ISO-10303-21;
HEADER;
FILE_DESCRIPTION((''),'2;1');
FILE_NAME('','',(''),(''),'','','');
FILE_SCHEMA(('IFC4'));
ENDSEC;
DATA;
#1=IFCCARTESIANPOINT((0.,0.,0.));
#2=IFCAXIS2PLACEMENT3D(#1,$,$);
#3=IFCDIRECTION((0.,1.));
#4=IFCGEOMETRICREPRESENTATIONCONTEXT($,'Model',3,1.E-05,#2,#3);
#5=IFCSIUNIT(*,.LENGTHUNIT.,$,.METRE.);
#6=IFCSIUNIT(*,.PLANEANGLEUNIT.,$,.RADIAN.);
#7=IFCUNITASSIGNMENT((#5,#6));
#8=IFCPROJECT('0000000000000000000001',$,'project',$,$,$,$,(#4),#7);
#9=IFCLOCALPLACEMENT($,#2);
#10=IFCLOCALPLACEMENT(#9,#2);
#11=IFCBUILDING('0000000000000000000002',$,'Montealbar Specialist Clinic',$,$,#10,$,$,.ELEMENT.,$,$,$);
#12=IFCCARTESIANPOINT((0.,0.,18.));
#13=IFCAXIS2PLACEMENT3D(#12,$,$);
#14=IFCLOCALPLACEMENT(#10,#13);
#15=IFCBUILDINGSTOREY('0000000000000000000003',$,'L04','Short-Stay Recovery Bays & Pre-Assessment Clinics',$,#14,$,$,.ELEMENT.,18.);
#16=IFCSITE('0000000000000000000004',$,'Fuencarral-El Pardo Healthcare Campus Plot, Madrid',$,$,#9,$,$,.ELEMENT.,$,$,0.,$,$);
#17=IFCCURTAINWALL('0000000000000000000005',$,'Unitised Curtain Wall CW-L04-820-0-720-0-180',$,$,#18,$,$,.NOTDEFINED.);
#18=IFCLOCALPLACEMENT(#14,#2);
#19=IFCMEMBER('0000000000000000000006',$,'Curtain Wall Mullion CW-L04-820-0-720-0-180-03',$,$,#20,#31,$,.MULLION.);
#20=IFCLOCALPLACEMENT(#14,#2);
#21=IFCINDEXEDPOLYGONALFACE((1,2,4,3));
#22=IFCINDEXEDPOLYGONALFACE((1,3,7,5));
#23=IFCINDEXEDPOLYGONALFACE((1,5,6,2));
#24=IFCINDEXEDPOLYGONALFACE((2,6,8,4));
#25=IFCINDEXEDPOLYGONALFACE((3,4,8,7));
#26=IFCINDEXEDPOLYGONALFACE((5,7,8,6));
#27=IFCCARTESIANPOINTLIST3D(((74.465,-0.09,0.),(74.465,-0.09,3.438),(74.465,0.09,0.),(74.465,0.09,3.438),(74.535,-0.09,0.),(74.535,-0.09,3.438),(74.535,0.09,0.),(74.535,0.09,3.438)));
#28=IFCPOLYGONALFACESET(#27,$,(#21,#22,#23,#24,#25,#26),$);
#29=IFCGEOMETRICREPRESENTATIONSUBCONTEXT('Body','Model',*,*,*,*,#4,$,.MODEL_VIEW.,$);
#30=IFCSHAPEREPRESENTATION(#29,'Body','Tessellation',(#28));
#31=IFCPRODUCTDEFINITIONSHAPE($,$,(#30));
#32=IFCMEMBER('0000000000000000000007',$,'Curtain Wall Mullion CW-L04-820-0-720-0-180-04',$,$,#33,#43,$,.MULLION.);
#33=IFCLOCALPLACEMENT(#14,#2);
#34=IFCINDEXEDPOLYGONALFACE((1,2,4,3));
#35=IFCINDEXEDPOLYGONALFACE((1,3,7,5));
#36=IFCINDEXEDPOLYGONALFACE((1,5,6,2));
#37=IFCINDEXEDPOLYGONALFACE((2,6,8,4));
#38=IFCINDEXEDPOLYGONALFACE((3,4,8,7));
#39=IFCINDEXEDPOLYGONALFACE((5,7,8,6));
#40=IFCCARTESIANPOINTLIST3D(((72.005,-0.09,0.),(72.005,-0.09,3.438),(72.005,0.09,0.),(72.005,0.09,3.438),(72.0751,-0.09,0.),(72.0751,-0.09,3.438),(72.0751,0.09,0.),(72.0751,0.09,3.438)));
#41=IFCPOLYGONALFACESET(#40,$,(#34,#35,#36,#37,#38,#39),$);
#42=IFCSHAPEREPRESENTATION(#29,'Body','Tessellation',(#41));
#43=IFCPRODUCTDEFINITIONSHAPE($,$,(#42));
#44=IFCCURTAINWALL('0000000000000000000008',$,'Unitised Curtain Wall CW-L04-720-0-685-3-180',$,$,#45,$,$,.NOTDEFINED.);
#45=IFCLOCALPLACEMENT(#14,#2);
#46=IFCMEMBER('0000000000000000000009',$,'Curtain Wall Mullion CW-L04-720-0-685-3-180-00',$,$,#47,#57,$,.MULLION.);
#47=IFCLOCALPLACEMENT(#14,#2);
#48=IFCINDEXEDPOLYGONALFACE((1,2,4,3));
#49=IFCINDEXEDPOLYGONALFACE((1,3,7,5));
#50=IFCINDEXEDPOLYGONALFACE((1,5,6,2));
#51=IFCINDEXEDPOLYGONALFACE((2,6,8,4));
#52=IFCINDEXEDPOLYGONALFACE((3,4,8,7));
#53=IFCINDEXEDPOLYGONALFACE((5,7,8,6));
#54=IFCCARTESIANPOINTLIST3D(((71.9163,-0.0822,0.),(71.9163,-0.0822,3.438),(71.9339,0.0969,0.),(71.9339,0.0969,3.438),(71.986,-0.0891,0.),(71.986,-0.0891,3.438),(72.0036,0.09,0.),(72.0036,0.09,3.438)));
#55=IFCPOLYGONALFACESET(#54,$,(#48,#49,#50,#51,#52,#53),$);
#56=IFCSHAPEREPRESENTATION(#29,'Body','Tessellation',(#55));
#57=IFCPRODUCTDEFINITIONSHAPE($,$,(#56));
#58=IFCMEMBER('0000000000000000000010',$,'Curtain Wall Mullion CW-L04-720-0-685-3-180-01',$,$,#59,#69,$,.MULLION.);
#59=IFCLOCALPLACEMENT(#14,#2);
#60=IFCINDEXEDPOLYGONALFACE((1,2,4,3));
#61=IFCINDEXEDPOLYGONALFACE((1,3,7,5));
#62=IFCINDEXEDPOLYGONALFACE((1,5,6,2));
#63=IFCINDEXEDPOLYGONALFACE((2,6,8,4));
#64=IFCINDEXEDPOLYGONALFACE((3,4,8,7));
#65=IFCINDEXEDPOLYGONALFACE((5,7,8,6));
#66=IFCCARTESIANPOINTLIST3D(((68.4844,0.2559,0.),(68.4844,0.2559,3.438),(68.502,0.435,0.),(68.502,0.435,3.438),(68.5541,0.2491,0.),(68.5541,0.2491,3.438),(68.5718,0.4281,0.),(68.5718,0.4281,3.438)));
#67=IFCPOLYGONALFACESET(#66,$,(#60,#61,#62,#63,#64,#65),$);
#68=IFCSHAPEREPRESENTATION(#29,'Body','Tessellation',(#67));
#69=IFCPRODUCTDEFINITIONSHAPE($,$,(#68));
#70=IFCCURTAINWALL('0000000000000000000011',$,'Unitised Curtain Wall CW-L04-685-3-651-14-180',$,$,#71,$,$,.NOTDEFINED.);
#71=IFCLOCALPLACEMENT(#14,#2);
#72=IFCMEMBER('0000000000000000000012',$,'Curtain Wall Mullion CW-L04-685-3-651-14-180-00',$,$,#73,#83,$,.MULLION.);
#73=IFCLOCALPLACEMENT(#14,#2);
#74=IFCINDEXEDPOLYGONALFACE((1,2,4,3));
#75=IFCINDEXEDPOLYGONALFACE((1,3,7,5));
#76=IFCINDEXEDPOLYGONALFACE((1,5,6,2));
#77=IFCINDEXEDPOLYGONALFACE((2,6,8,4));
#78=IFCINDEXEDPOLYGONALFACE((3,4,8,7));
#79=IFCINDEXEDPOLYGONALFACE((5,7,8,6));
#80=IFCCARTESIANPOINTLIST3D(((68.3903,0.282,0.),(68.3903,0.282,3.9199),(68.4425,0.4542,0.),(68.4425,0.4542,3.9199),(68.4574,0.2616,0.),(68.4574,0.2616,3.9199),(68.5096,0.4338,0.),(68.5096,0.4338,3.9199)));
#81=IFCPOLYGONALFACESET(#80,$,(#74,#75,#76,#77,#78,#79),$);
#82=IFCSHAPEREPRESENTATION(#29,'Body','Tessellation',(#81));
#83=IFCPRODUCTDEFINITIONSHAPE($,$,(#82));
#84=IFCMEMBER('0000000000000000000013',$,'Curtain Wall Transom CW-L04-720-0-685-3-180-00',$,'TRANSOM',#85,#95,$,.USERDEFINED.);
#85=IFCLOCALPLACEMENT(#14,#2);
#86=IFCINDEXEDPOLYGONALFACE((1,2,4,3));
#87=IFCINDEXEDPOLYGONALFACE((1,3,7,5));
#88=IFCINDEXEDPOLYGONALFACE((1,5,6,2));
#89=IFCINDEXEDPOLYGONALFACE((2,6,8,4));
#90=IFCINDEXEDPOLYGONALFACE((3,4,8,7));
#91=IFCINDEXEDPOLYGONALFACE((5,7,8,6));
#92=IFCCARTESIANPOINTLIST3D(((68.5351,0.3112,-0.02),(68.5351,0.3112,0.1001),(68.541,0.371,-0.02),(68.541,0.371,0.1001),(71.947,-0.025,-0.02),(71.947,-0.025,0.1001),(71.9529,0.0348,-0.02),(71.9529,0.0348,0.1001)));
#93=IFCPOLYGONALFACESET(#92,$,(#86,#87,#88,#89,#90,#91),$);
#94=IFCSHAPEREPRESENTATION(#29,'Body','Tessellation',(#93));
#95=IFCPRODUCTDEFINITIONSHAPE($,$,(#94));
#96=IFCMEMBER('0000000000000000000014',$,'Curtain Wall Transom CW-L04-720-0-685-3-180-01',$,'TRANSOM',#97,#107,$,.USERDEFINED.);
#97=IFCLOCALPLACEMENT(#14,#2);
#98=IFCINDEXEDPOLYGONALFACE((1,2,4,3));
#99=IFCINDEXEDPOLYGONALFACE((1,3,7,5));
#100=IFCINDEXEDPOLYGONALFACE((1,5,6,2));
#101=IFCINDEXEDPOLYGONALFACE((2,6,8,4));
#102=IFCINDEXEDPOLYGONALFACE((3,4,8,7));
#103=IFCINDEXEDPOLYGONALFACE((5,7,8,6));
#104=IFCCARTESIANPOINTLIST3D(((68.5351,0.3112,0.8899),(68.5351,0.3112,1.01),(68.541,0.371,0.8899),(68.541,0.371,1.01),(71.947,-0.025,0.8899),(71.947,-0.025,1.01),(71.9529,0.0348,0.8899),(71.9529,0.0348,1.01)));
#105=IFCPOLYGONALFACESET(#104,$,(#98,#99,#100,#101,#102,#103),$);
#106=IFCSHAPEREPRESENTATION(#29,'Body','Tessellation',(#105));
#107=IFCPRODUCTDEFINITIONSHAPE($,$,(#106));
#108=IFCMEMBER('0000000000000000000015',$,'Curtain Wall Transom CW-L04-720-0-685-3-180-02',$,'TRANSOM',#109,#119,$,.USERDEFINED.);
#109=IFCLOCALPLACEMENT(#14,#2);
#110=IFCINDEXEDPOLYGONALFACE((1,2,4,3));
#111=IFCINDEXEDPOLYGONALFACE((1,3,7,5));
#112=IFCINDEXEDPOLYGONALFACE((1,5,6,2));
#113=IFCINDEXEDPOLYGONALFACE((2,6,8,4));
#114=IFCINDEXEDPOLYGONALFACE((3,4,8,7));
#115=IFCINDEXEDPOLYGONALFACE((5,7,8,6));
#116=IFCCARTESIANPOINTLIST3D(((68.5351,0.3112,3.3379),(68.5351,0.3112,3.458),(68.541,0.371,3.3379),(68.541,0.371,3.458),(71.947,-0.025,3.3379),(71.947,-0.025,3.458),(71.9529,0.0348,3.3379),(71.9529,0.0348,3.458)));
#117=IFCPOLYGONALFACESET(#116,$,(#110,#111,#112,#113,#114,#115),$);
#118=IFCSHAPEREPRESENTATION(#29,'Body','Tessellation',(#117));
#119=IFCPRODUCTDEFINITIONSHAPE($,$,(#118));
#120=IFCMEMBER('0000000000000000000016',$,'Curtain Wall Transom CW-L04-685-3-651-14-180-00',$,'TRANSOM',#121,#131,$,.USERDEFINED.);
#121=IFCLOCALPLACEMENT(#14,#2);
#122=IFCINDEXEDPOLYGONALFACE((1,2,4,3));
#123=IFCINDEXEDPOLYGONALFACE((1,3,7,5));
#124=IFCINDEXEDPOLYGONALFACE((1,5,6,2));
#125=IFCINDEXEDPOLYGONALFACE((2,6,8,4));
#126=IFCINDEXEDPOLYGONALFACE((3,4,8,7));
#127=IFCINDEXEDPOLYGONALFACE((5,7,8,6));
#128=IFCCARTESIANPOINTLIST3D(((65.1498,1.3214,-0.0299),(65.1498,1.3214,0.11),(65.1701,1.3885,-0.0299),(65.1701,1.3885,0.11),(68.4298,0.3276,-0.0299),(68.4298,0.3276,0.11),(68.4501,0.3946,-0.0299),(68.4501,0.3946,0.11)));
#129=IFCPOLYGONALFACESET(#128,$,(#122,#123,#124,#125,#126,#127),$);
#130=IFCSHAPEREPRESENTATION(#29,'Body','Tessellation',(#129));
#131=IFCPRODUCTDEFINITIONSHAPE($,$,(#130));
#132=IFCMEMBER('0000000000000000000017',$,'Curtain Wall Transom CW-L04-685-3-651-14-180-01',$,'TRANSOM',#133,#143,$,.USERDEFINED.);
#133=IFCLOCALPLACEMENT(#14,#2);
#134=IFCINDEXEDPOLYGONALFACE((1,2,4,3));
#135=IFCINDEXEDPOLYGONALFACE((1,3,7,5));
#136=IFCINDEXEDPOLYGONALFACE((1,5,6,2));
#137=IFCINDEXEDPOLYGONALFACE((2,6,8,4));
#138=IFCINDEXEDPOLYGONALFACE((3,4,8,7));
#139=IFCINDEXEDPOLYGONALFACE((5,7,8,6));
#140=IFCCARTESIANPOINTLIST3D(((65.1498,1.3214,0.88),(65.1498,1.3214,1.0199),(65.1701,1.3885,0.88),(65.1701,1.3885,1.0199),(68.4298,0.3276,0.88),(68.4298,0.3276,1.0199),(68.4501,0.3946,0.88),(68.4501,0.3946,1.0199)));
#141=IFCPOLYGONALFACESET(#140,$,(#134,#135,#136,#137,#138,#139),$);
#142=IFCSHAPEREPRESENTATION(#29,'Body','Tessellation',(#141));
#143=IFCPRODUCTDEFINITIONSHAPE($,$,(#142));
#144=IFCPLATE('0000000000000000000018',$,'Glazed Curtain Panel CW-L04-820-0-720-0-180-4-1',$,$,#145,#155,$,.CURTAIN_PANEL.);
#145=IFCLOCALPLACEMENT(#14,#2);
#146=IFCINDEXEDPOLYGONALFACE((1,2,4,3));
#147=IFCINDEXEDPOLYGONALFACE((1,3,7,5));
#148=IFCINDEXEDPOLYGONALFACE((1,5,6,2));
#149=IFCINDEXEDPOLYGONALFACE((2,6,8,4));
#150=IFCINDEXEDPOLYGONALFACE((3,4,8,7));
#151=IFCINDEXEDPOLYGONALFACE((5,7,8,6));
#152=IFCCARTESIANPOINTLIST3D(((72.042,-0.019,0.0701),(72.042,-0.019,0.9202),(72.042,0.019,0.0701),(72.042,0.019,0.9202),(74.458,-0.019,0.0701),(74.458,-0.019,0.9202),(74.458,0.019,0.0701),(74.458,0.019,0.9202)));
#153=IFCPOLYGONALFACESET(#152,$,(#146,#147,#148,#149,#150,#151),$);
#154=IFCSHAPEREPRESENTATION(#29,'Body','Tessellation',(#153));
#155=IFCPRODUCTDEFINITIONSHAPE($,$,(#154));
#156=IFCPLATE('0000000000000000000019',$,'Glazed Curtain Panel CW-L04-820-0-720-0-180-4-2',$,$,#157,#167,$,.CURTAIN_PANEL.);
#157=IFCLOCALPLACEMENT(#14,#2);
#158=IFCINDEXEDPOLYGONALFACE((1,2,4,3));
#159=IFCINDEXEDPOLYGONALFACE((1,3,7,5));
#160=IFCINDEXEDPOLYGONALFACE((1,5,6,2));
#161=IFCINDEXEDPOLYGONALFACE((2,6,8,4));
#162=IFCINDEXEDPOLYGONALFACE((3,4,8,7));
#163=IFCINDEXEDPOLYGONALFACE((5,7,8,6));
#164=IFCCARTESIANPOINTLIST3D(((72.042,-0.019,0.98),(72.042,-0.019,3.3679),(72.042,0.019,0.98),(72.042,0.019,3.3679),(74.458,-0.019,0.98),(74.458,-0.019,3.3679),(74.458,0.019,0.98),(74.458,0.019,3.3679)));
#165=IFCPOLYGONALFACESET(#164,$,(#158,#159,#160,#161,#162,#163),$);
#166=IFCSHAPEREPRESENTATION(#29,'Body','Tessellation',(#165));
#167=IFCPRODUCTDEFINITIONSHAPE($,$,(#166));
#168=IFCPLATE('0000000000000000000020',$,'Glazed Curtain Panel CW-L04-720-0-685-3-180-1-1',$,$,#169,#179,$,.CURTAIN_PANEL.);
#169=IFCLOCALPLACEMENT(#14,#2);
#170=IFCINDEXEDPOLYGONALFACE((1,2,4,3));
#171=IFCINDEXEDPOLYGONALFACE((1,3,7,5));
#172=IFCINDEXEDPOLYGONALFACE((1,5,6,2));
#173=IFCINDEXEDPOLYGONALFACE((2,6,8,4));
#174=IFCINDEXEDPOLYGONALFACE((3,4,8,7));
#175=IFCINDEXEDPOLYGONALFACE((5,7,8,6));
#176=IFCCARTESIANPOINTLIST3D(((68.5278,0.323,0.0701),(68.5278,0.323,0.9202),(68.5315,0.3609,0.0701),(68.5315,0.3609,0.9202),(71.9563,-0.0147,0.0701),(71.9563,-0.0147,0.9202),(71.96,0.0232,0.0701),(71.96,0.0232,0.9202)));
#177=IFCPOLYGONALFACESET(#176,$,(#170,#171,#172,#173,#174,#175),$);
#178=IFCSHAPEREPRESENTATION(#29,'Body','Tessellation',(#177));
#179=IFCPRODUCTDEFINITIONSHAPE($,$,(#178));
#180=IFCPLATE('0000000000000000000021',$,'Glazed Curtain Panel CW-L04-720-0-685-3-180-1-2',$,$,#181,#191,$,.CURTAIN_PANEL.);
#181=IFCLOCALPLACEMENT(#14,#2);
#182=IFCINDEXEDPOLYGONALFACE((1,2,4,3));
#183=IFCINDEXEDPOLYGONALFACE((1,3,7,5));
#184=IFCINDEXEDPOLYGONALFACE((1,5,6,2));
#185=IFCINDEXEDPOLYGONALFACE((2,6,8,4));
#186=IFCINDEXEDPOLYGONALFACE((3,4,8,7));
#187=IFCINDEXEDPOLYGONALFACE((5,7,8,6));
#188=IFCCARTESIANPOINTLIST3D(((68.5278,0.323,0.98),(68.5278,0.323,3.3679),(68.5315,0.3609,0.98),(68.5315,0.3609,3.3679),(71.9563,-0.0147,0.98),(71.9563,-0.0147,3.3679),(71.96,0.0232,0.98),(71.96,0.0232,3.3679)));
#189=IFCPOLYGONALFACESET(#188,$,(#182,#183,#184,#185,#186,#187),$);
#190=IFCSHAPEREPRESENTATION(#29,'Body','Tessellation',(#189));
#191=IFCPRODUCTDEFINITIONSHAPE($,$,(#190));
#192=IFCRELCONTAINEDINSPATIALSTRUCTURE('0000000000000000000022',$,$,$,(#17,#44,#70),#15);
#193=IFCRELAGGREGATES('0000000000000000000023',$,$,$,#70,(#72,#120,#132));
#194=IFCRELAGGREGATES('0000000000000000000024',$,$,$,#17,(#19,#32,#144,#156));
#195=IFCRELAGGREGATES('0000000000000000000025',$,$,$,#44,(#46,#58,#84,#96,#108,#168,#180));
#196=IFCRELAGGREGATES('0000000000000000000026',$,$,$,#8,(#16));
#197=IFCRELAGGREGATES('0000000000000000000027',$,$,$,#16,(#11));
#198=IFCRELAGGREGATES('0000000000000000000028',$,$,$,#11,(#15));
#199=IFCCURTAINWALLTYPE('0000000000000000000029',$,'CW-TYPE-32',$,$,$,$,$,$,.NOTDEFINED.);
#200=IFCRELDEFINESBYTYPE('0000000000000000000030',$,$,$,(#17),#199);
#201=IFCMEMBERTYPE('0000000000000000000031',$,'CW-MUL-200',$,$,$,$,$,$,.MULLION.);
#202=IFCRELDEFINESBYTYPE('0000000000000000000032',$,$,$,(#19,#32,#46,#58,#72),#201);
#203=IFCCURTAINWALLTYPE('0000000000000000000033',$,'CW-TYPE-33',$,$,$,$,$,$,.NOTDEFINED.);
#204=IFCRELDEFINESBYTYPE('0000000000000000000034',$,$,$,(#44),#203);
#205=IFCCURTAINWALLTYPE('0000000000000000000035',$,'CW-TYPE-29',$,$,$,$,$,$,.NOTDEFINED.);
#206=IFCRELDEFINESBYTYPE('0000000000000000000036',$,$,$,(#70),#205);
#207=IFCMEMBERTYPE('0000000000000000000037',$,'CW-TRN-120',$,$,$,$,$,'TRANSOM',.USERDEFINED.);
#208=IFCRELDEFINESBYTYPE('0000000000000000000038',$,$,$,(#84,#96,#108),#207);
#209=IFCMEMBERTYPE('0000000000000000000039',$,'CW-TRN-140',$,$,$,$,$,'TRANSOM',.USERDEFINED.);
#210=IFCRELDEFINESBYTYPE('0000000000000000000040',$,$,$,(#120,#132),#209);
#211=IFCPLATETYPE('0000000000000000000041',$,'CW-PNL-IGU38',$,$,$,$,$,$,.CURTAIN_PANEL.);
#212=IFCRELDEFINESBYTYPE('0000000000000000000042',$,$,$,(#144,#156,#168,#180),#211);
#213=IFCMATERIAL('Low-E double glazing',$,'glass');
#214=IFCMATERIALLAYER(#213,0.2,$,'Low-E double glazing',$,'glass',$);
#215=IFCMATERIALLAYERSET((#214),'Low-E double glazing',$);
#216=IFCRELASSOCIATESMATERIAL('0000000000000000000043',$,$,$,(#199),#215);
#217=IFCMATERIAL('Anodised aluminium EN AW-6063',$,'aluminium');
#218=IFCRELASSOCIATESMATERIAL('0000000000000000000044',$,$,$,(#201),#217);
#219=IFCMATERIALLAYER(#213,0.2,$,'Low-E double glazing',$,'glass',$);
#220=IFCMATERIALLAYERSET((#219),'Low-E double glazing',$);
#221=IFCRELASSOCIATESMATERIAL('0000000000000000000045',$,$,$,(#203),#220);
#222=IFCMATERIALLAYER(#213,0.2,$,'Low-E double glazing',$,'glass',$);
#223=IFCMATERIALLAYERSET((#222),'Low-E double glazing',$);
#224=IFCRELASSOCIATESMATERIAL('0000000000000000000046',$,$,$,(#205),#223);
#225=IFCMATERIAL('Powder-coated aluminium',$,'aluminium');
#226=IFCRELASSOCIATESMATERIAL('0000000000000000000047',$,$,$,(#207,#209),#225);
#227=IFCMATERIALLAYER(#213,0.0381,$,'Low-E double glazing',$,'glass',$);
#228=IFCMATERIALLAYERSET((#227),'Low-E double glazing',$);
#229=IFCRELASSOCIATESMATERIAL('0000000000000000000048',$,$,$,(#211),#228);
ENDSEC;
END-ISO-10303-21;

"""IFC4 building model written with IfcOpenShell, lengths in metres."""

from ifc_helpers import new_model, si_unit, direction, frame, origin, origin_2d, place, context, subcontext, project, spatial, rectangle, extrude, material, layer, layer_set, material_profile, profile_set, type_object, element, aggregate, save


model = new_model("IFC4")

# Units and contexts
model_context = context("Model", 3, precision=1e-05, world=origin(), true_north=direction((0.0, 1.0)))
body_context = subcontext(model_context, "Body", "Model", "MODEL_VIEW")
ifc_project = project(units=[si_unit("LENGTHUNIT", "METRE"), si_unit("PLANEANGLEUNIT", "RADIAN")], contexts=[model_context])

# Site, building, storey
site_placement = place(None, origin())
site = spatial("IfcSite", under=ifc_project, at=site_placement, Name="Fuencarral-El Pardo Healthcare Campus Plot, Madrid", CompositionType="ELEMENT", RefElevation=0.0)
building_placement = place(site_placement, origin())
building = spatial("IfcBuilding", under=site, at=building_placement, Name="Montealbar Specialist Clinic", CompositionType="ELEMENT")
storey_placement = place(building_placement, frame((0.0, 0.0, 18.0)))
storey = spatial("IfcBuildingStorey", under=building, at=storey_placement, Name="L04", Description="Short-Stay Recovery Bays & Pre-Assessment Clinics", CompositionType="ELEMENT", Elevation=18.0)

# Curtain walls, members
ifc_material_1 = material(Name="Low-E double glazing", Category="glass")
ifc_layer_1 = layer(ifc_material_1, 0.2, Name="Low-E double glazing", Category="glass")
ifc_layer_set_1 = layer_set([ifc_layer_1], Name="Low-E double glazing")
curtain_wall_type_1 = type_object("IfcCurtainWallType", Name="CW-TYPE-32", PredefinedType="NOTDEFINED", material=ifc_layer_set_1)
curtain_wall_1_placement = place(storey_placement, origin())
curtain_wall_1 = element("IfcCurtainWall", 1, at=curtain_wall_1_placement, inside=storey, type_object=curtain_wall_type_1, Name="Unitised Curtain Wall CW-L04-820-0-720-0-180", PredefinedType="NOTDEFINED")
ifc_material_2 = material(Name="Anodised aluminium EN AW-6063", Category="aluminium")
ifc_material_profile_1 = material_profile(ifc_material_2, rectangle(XDim=0.0701, YDim=0.1799, at=origin_2d()), Name="ALU 70x180", Category="aluminium")
ifc_profile_set_1 = profile_set([ifc_material_profile_1], Name="Anodised aluminium EN AW-6063")
member_type_1 = type_object("IfcMemberType", Name="CW-MUL-200", PredefinedType="MULLION", material=ifc_profile_set_1)
member_1_placement = place(storey_placement, frame((74.5, 0.0, 0.0), z_axis=(0.0, 0.0, 1.0), x_axis=(-1.0, 0.0, 0.0)))
member_1 = element("IfcMember", 2, at=member_1_placement, type_object=member_type_1, Name="Curtain Wall Mullion CW-L04-820-0-720-0-180-03", PredefinedType="MULLION", context=body_context, shape_type="SweptSolid", body=[
    extrude(rectangle(XDim=0.0701, YDim=0.1799, at=origin_2d()), origin(), (0.0, 0.0, 1.0), 3.438),
])
member_2_placement = place(storey_placement, frame((72.04, 0.0, 0.0), z_axis=(0.0, 0.0, 1.0), x_axis=(-1.0, 0.0, 0.0)))
member_2 = element("IfcMember", 3, at=member_2_placement, type_object=member_type_1, Name="Curtain Wall Mullion CW-L04-820-0-720-0-180-04", PredefinedType="MULLION", context=body_context, shape_type="SweptSolid", body=[
    extrude(rectangle(XDim=0.0701, YDim=0.1799, at=origin_2d()), origin(), (0.0, 0.0, 1.0), 3.438),
])
ifc_layer_2 = layer(ifc_material_1, 0.2, Name="Low-E double glazing", Category="glass")
ifc_layer_set_2 = layer_set([ifc_layer_2], Name="Low-E double glazing")
curtain_wall_type_2 = type_object("IfcCurtainWallType", Name="CW-TYPE-33", PredefinedType="NOTDEFINED", material=ifc_layer_set_2)
curtain_wall_2_placement = place(storey_placement, origin())
curtain_wall_2 = element("IfcCurtainWall", 4, at=curtain_wall_2_placement, inside=storey, type_object=curtain_wall_type_2, Name="Unitised Curtain Wall CW-L04-720-0-685-3-180", PredefinedType="NOTDEFINED")
member_3_placement = place(storey_placement, frame((71.96, 0.0039, 0.0), z_axis=(0.0, 0.0, 1.0), x_axis=(-0.995182, 0.098045, 0.0)))
member_3 = element("IfcMember", 5, at=member_3_placement, type_object=member_type_1, Name="Curtain Wall Mullion CW-L04-720-0-685-3-180-00", PredefinedType="MULLION", context=body_context, shape_type="SweptSolid", body=[
    extrude(rectangle(XDim=0.0701, YDim=0.1799, at=origin_2d()), origin(), (0.0, 0.0, 1.0), 3.438),
])
member_4_placement = place(storey_placement, frame((68.5281, 0.342, 0.0), z_axis=(0.0, 0.0, 1.0), x_axis=(-0.995182, 0.098045, 0.0)))
member_4 = element("IfcMember", 6, at=member_4_placement, type_object=member_type_1, Name="Curtain Wall Mullion CW-L04-720-0-685-3-180-01", PredefinedType="MULLION", context=body_context, shape_type="SweptSolid", body=[
    extrude(rectangle(XDim=0.0701, YDim=0.1799, at=origin_2d()), origin(), (0.0, 0.0, 1.0), 3.438),
])

# Curtain wall, member
ifc_layer_3 = layer(ifc_material_1, 0.2, Name="Low-E double glazing", Category="glass")
ifc_layer_set_3 = layer_set([ifc_layer_3], Name="Low-E double glazing")
curtain_wall_type_3 = type_object("IfcCurtainWallType", Name="CW-TYPE-29", PredefinedType="NOTDEFINED", material=ifc_layer_set_3)
curtain_wall_3_placement = place(storey_placement, origin())
curtain_wall_3 = element("IfcCurtainWall", 7, at=curtain_wall_3_placement, inside=storey, type_object=curtain_wall_type_3, Name="Unitised Curtain Wall CW-L04-685-3-651-14-180", PredefinedType="NOTDEFINED")
member_5_placement = place(storey_placement, frame((68.45, 0.3579, 0.0), z_axis=(0.0, 0.0, 1.0), x_axis=(-0.956948, 0.290259, 0.0)))
member_5 = element("IfcMember", 8, at=member_5_placement, type_object=member_type_1, Name="Curtain Wall Mullion CW-L04-685-3-651-14-180-00", PredefinedType="MULLION", context=body_context, shape_type="SweptSolid", body=[
    extrude(rectangle(XDim=0.0701, YDim=0.1799, at=origin_2d()), origin(), (0.0, 0.0, 1.0), 3.9199),
])

# Members
ifc_material_3 = material(Name="Powder-coated aluminium", Category="aluminium")
ifc_material_profile_2 = material_profile(ifc_material_3, rectangle(XDim=0.0601, YDim=0.1201, at=origin_2d()), Name="ALU 60x120", Category="aluminium")
ifc_profile_set_2 = profile_set([ifc_material_profile_2], Name="Powder-coated aluminium")
member_type_2 = type_object("IfcMemberType", Name="CW-TRN-120", ElementType="TRANSOM", PredefinedType="USERDEFINED", material=ifc_profile_set_2)
member_6_placement = place(storey_placement, frame((71.95, 0.0049, 0.04), z_axis=(-0.995181, 0.098058, 0.0), x_axis=(-0.098058, -0.995181, 0.0)))
member_6 = element("IfcMember", 9, at=member_6_placement, type_object=member_type_2, Name="Curtain Wall Transom CW-L04-720-0-685-3-180-00", ObjectType="TRANSOM", PredefinedType="USERDEFINED", context=body_context, shape_type="SweptSolid", body=[
    extrude(rectangle(XDim=0.0601, YDim=0.1201, at=origin_2d()), origin(), (0.0, 0.0, 1.0), 3.4285),
])
member_7_placement = place(storey_placement, frame((71.95, 0.0049, 0.95), z_axis=(-0.995181, 0.098058, 0.0), x_axis=(-0.098058, -0.995181, 0.0)))
member_7 = element("IfcMember", 10, at=member_7_placement, type_object=member_type_2, Name="Curtain Wall Transom CW-L04-720-0-685-3-180-01", ObjectType="TRANSOM", PredefinedType="USERDEFINED", context=body_context, shape_type="SweptSolid", body=[
    extrude(rectangle(XDim=0.0601, YDim=0.1201, at=origin_2d()), origin(), (0.0, 0.0, 1.0), 3.4285),
])
member_8_placement = place(storey_placement, frame((71.95, 0.0049, 3.3979), z_axis=(-0.995181, 0.098058, 0.0), x_axis=(-0.098058, -0.995181, 0.0)))
member_8 = element("IfcMember", 11, at=member_8_placement, type_object=member_type_2, Name="Curtain Wall Transom CW-L04-720-0-685-3-180-02", ObjectType="TRANSOM", PredefinedType="USERDEFINED", context=body_context, shape_type="SweptSolid", body=[
    extrude(rectangle(XDim=0.0601, YDim=0.1201, at=origin_2d()), origin(), (0.0, 0.0, 1.0), 3.4285),
])
ifc_material_profile_3 = material_profile(ifc_material_3, rectangle(XDim=0.0701, YDim=0.1399, at=origin_2d()), Name="ALU 70x140", Category="aluminium")
ifc_profile_set_3 = profile_set([ifc_material_profile_3], Name="Powder-coated aluminium")
member_type_3 = type_object("IfcMemberType", Name="CW-TRN-140", ElementType="TRANSOM", PredefinedType="USERDEFINED", material=ifc_profile_set_3)
member_9_placement = place(storey_placement, frame((68.4399, 0.3611, 0.04), z_axis=(-0.957029, 0.289994, 0.0), x_axis=(-0.289994, -0.957029, 0.0)))
member_9 = element("IfcMember", 12, at=member_9_placement, type_object=member_type_3, Name="Curtain Wall Transom CW-L04-685-3-651-14-180-00", ObjectType="TRANSOM", PredefinedType="USERDEFINED", context=body_context, shape_type="SweptSolid", body=[
    extrude(rectangle(XDim=0.0701, YDim=0.1399, at=origin_2d()), origin(), (0.0, 0.0, 1.0), 3.4272),
])
member_10_placement = place(storey_placement, frame((68.4399, 0.3611, 0.95), z_axis=(-0.957029, 0.289994, 0.0), x_axis=(-0.289994, -0.957029, 0.0)))
member_10 = element("IfcMember", 13, at=member_10_placement, type_object=member_type_3, Name="Curtain Wall Transom CW-L04-685-3-651-14-180-01", ObjectType="TRANSOM", PredefinedType="USERDEFINED", context=body_context, shape_type="SweptSolid", body=[
    extrude(rectangle(XDim=0.0701, YDim=0.1399, at=origin_2d()), origin(), (0.0, 0.0, 1.0), 3.4272),
])
aggregate(curtain_wall_3, [member_5, member_9, member_10])

# Plates
ifc_layer_4 = layer(ifc_material_1, 0.0381, Name="Low-E double glazing", Category="glass")
ifc_layer_set_4 = layer_set([ifc_layer_4], Name="Low-E double glazing")
plate_type = type_object("IfcPlateType", Name="CW-PNL-IGU38", PredefinedType="CURTAIN_PANEL", material=ifc_layer_set_4)
plate_1_placement = place(storey_placement, frame((73.25, 0.0, 0.0701), z_axis=(0.0, 0.0, 1.0), x_axis=(-1.0, 0.0, 0.0)))
plate_1 = element("IfcPlate", 14, at=plate_1_placement, type_object=plate_type, Name="Glazed Curtain Panel CW-L04-820-0-720-0-180-4-1", PredefinedType="CURTAIN_PANEL", context=body_context, shape_type="SweptSolid", body=[
    extrude(rectangle(XDim=2.416, YDim=0.0381, at=origin_2d()), origin(), (0.0, 0.0, 1.0), 0.8501),
])
plate_2_placement = place(storey_placement, frame((73.25, 0.0, 0.98), z_axis=(0.0, 0.0, 1.0), x_axis=(-1.0, 0.0, 0.0)))
plate_2 = element("IfcPlate", 15, at=plate_2_placement, type_object=plate_type, Name="Glazed Curtain Panel CW-L04-820-0-720-0-180-4-2", PredefinedType="CURTAIN_PANEL", context=body_context, shape_type="SweptSolid", body=[
    extrude(rectangle(XDim=2.416, YDim=0.0381, at=origin_2d()), origin(), (0.0, 0.0, 1.0), 2.3879),
])
aggregate(curtain_wall_1, [member_1, member_2, plate_1, plate_2])
plate_3_placement = place(storey_placement, frame((70.2439, 0.1731, 0.0701), z_axis=(0.0, 0.0, 1.0), x_axis=(-0.995182, 0.098045, 0.0)))
plate_3 = element("IfcPlate", 16, at=plate_3_placement, type_object=plate_type, Name="Glazed Curtain Panel CW-L04-720-0-685-3-180-1-1", PredefinedType="CURTAIN_PANEL", context=body_context, shape_type="SweptSolid", body=[
    extrude(rectangle(XDim=3.4451, YDim=0.0381, at=origin_2d()), origin(), (0.0, 0.0, 1.0), 0.8501),
])
plate_4_placement = place(storey_placement, frame((70.2439, 0.1731, 0.98), z_axis=(0.0, 0.0, 1.0), x_axis=(-0.995182, 0.098045, 0.0)))
plate_4 = element("IfcPlate", 17, at=plate_4_placement, type_object=plate_type, Name="Glazed Curtain Panel CW-L04-720-0-685-3-180-1-2", PredefinedType="CURTAIN_PANEL", context=body_context, shape_type="SweptSolid", body=[
    extrude(rectangle(XDim=3.4451, YDim=0.0381, at=origin_2d()), origin(), (0.0, 0.0, 1.0), 2.3879),
])
aggregate(curtain_wall_2, [member_3, member_4, member_6, member_7, member_8, plate_3, plate_4])

save(model, "model.ifc")
